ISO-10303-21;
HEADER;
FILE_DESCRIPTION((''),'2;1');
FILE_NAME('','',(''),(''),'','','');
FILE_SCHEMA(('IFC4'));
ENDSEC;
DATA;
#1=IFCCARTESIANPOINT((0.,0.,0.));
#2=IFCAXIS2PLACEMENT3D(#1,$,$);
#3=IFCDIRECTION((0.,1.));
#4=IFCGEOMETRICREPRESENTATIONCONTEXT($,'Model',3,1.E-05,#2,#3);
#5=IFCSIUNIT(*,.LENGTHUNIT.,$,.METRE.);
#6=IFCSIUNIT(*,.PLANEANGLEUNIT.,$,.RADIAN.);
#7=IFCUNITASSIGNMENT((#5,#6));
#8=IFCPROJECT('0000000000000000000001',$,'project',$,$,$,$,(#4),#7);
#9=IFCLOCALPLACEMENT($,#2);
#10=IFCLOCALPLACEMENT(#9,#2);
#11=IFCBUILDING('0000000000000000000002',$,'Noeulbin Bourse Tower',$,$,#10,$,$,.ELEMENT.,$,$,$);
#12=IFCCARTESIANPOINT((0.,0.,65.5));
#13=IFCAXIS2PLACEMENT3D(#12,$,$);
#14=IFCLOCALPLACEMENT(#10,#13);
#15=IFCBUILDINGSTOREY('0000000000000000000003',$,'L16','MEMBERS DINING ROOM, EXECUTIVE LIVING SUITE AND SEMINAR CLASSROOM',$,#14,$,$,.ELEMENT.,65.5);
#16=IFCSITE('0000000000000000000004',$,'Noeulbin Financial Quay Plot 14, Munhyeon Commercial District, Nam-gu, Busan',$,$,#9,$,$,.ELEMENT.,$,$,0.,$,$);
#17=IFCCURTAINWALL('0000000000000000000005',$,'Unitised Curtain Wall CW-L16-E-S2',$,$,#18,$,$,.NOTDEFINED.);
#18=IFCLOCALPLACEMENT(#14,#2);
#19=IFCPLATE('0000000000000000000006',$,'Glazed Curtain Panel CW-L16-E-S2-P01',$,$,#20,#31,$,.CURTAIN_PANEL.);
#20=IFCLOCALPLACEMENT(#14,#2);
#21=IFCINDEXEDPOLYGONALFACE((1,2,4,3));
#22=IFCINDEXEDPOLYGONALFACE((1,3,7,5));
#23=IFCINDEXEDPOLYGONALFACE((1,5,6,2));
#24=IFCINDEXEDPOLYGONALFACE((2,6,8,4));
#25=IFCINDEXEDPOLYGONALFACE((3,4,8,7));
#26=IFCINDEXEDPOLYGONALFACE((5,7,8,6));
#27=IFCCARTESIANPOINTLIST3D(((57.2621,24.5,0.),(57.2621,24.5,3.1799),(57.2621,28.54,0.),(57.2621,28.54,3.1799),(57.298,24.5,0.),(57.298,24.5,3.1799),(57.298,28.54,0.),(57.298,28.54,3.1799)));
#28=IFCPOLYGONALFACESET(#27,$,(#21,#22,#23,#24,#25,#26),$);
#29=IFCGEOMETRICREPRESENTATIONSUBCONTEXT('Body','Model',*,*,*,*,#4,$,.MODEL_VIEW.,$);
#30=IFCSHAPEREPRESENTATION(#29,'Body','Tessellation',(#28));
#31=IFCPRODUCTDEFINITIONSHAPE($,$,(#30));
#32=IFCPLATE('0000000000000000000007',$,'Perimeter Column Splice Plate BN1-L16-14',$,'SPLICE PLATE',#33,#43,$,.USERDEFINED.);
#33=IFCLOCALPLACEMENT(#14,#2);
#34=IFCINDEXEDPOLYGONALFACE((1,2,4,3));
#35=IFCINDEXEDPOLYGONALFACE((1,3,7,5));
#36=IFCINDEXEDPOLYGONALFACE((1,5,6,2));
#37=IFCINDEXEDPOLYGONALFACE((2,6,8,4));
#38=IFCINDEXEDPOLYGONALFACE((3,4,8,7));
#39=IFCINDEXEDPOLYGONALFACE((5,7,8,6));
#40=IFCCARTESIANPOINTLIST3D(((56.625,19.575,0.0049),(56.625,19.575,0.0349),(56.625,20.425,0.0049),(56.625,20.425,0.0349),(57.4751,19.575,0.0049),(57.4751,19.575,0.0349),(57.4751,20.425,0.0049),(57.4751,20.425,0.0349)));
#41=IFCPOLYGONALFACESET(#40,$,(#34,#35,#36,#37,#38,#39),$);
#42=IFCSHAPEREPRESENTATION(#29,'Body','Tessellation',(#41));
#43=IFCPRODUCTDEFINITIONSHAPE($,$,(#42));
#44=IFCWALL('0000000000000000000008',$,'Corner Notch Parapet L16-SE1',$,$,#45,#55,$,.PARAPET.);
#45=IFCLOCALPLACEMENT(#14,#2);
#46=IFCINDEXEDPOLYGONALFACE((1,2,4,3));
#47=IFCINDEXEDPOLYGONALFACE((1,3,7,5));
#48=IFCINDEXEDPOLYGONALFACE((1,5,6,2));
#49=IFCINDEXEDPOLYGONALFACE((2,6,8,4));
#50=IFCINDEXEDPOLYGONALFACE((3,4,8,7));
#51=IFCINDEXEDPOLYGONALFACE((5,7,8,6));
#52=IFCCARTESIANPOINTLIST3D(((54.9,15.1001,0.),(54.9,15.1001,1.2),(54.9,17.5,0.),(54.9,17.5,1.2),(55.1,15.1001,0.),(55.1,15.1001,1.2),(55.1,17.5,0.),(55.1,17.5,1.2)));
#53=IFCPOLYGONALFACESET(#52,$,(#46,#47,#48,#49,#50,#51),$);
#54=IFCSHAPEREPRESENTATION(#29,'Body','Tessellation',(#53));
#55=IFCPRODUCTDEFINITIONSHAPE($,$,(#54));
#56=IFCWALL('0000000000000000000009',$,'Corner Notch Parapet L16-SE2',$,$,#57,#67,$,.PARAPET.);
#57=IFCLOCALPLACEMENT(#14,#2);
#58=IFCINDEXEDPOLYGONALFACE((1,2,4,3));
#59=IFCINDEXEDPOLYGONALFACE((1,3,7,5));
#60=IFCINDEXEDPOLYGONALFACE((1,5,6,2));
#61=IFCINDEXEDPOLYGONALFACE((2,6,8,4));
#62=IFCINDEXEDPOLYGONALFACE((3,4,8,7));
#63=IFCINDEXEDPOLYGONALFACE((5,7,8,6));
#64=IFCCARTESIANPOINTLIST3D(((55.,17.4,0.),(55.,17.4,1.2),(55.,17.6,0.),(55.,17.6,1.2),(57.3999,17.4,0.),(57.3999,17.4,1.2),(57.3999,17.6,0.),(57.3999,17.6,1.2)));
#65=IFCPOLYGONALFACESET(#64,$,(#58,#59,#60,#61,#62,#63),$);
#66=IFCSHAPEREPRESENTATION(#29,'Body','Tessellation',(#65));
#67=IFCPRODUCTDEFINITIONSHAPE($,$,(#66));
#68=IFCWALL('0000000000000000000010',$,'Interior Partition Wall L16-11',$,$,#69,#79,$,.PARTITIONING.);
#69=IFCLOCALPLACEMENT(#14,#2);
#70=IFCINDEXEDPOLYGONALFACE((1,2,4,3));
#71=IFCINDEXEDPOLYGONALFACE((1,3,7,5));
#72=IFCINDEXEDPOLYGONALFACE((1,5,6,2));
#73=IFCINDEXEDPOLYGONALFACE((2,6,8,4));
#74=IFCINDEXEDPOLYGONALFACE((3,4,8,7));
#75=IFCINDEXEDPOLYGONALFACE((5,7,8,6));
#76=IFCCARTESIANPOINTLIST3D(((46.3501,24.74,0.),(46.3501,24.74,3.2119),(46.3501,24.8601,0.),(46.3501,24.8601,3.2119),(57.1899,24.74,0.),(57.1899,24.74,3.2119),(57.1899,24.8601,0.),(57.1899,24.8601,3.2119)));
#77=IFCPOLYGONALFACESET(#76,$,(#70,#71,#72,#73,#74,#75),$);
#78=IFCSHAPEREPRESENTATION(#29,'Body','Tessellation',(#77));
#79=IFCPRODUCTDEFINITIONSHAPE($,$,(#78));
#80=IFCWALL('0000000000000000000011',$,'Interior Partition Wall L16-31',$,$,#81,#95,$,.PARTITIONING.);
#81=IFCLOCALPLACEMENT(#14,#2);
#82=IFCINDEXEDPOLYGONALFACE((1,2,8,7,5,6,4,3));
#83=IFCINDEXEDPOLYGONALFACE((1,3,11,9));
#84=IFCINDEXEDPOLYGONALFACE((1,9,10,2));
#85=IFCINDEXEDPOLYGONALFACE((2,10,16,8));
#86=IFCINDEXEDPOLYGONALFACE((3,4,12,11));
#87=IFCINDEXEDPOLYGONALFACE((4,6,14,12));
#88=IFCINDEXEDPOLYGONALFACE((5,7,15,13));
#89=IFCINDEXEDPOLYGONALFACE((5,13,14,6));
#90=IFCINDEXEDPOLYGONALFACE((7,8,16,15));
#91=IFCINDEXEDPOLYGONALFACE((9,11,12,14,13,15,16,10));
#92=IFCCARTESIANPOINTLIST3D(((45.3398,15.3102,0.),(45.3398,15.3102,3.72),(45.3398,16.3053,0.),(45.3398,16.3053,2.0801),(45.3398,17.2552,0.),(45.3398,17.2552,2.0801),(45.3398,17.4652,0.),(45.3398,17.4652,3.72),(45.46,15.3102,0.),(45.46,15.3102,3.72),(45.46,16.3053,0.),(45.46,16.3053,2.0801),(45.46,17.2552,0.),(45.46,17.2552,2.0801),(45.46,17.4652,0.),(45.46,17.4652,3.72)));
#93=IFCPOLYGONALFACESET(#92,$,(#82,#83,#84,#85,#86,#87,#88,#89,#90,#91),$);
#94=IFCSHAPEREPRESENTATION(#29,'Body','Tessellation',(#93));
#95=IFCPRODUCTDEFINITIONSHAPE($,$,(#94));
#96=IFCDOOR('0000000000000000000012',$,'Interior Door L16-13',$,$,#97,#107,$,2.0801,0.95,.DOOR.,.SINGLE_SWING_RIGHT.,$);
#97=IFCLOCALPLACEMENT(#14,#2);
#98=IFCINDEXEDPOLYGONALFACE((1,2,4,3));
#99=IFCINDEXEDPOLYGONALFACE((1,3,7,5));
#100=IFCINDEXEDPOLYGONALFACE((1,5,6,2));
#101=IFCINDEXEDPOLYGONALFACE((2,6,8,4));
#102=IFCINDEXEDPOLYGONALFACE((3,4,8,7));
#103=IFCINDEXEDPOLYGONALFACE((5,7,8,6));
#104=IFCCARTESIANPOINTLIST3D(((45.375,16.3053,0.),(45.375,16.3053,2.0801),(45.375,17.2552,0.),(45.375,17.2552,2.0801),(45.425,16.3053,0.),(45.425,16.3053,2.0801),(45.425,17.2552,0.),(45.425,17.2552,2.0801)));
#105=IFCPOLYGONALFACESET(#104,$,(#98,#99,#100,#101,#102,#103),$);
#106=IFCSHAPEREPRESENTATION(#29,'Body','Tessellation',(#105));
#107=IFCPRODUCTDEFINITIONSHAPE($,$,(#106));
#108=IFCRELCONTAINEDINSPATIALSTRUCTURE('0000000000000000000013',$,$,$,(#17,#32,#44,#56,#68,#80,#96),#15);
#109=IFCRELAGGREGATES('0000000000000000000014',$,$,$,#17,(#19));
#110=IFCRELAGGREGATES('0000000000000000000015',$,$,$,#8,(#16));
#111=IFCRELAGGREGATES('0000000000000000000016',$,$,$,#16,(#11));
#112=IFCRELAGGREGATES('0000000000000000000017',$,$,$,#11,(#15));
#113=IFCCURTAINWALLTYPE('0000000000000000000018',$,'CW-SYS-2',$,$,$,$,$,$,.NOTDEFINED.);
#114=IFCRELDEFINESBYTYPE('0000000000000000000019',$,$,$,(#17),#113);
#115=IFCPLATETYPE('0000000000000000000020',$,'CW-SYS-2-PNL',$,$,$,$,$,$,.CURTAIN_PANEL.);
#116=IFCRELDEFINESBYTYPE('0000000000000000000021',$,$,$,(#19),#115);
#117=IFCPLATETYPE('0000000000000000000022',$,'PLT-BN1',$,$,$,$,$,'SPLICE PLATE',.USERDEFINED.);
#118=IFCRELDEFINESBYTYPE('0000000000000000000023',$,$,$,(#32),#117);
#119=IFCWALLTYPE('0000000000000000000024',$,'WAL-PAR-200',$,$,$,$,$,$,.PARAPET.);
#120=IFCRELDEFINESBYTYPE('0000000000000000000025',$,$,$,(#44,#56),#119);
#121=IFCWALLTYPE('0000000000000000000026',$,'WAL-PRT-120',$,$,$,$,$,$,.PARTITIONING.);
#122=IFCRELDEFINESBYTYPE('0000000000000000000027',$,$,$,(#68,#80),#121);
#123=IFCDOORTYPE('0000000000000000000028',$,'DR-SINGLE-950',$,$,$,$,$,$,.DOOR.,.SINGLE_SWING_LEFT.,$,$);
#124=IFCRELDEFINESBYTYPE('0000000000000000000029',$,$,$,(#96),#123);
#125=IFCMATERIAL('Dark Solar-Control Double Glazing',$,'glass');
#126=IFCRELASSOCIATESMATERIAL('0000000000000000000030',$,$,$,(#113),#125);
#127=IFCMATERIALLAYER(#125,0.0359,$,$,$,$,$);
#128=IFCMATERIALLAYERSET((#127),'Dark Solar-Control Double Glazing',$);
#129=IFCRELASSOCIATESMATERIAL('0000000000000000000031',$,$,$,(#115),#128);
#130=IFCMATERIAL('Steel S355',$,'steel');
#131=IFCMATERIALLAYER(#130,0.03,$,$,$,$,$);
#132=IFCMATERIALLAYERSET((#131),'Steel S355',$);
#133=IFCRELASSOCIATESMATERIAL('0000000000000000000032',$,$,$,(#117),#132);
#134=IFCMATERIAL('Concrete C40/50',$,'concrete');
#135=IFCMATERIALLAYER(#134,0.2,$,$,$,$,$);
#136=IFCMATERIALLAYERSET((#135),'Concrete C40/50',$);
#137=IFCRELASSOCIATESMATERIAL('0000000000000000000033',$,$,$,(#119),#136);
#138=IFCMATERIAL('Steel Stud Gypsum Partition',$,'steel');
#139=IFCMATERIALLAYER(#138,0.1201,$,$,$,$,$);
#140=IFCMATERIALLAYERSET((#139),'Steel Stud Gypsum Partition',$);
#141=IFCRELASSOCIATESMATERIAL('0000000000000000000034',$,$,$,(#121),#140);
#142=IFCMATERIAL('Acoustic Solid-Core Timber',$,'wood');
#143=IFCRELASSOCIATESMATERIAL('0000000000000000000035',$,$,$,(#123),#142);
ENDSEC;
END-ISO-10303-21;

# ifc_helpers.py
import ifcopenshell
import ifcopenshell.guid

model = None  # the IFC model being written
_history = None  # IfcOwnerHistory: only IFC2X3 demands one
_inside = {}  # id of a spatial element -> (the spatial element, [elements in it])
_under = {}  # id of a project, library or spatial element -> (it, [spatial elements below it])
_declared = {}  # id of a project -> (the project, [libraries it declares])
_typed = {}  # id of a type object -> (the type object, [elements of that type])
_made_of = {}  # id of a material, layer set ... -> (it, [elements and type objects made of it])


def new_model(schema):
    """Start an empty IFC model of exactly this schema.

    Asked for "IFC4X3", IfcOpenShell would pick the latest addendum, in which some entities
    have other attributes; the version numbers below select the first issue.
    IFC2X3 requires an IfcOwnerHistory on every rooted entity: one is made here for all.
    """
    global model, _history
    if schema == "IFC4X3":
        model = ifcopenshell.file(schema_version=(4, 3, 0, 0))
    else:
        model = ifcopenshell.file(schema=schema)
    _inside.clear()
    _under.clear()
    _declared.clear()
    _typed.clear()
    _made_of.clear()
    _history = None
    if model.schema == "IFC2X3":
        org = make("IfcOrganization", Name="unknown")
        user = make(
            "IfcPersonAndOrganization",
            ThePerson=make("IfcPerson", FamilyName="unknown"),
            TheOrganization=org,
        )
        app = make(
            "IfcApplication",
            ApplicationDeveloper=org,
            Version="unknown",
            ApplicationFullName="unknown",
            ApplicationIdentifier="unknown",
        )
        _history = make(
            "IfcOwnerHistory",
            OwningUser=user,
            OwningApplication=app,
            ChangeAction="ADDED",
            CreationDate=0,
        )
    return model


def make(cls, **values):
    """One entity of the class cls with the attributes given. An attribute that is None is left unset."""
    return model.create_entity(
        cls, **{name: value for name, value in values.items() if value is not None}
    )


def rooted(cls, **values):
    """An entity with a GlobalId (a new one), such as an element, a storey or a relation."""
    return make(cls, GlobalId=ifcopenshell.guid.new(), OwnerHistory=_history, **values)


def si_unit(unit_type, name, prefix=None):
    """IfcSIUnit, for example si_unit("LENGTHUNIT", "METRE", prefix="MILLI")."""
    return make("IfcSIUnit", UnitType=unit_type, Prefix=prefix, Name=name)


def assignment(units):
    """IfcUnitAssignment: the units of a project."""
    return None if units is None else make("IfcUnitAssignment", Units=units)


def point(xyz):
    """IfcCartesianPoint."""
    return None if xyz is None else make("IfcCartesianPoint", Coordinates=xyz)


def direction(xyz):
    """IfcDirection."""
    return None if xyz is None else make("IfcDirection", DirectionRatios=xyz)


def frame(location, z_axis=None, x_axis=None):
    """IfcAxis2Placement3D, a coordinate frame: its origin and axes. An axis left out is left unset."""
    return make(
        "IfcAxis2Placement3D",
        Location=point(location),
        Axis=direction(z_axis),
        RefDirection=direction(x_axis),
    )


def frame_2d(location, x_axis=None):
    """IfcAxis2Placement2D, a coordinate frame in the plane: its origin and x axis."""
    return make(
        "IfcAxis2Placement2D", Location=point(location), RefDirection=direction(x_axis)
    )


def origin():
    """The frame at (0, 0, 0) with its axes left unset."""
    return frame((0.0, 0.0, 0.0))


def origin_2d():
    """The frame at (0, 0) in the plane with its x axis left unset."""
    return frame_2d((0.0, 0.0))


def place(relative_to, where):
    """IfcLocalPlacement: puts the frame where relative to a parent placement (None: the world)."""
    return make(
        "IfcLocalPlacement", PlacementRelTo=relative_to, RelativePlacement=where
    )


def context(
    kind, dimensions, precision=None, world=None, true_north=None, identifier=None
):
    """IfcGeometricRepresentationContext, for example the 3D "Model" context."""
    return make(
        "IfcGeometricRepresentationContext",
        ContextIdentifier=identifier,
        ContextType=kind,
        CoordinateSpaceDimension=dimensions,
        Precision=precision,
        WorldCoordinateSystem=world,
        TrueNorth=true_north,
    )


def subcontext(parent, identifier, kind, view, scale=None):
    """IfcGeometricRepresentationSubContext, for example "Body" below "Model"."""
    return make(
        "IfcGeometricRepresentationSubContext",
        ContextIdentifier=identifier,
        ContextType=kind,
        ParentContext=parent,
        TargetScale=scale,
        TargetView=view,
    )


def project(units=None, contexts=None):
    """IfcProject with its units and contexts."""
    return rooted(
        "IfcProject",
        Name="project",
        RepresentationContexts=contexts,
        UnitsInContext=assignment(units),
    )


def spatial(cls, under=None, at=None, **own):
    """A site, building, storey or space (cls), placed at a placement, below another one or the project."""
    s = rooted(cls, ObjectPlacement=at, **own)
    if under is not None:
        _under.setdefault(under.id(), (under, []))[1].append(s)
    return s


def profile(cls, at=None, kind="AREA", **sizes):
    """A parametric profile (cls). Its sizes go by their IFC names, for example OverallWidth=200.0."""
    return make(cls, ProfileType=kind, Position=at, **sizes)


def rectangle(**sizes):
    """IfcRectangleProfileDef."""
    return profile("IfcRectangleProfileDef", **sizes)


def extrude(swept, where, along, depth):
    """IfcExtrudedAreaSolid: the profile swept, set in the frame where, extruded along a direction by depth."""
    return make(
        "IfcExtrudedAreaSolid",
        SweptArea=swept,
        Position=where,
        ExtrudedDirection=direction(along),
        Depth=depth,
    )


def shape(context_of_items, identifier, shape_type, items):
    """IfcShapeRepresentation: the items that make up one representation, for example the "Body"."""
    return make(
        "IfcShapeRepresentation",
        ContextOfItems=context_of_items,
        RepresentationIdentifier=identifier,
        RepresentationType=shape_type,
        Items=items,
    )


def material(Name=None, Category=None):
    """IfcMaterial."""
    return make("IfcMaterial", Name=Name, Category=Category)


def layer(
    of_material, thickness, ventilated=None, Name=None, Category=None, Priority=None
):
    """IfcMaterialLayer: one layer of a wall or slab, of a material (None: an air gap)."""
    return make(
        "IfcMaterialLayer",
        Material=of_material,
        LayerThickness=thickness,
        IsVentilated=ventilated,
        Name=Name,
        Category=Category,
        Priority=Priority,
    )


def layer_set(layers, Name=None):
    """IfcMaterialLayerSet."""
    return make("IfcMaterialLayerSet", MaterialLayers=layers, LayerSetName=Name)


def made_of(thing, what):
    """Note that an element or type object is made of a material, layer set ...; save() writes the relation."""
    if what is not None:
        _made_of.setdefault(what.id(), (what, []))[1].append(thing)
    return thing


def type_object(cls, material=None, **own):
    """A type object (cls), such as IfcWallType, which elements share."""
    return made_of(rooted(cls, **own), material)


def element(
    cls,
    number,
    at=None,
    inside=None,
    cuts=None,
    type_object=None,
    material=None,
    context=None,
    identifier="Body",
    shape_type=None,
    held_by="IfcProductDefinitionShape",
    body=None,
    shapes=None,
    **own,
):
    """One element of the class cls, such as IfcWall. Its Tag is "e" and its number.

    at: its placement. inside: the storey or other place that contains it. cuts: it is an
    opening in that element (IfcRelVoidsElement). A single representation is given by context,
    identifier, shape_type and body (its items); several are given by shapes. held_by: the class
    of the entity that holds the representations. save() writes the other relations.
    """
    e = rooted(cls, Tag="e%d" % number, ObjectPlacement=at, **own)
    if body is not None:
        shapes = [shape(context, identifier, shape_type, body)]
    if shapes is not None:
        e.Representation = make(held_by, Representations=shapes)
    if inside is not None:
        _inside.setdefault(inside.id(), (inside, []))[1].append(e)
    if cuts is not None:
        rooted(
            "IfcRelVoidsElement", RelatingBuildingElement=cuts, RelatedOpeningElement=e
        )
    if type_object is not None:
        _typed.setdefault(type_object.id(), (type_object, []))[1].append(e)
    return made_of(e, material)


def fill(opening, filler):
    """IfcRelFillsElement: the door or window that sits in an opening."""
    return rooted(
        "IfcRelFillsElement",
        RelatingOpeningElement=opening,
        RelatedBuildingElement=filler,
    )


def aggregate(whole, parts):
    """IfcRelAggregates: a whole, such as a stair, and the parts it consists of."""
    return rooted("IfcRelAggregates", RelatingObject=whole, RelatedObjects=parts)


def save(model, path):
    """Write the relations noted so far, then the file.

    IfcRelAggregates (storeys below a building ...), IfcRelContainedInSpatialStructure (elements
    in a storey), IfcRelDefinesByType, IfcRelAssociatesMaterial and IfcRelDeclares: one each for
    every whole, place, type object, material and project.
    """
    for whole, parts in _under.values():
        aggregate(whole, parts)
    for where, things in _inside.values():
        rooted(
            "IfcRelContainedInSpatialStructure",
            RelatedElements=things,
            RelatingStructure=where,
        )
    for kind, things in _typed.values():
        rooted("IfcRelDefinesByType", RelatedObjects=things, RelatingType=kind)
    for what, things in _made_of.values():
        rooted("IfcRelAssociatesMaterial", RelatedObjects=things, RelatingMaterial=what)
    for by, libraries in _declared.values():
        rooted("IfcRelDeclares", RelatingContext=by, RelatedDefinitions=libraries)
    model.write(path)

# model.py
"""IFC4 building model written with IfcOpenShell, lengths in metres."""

from ifc_helpers import new_model, si_unit, direction, frame, frame_2d, origin, origin_2d, place, context, subcontext, project, spatial, rectangle, extrude, material, layer, layer_set, type_object, element, fill, aggregate, save


model = new_model("IFC4")

# Units and contexts
model_context = context("Model", 3, precision=1e-05, world=origin(), true_north=direction((0.0, 1.0)))
body_context = subcontext(model_context, "Body", "Model", "MODEL_VIEW")
ifc_project = project(units=[si_unit("LENGTHUNIT", "METRE"), si_unit("PLANEANGLEUNIT", "RADIAN")], contexts=[model_context])

# Site, building, storey
site_placement = place(None, origin())
site = spatial("IfcSite", under=ifc_project, at=site_placement, Name="Noeulbin Financial Quay Plot 14, Munhyeon Commercial District, Nam-gu, Busan", CompositionType="ELEMENT", RefElevation=0.0)
building_placement = place(site_placement, origin())
building = spatial("IfcBuilding", under=site, at=building_placement, Name="Noeulbin Bourse Tower", CompositionType="ELEMENT")
storey_placement = place(building_placement, frame((0.0, 0.0, 65.5)))
storey = spatial("IfcBuildingStorey", under=building, at=storey_placement, Name="L16", Description="MEMBERS DINING ROOM, EXECUTIVE LIVING SUITE AND SEMINAR CLASSROOM", CompositionType="ELEMENT", Elevation=65.5)

# Shared definitions
ifc_material_1 = material(Name="Steel S355", Category="steel")

# Curtain wall
ifc_material_2 = material(Name="Dark Solar-Control Double Glazing", Category="glass")
curtain_wall_type = type_object("IfcCurtainWallType", Name="CW-SYS-2", PredefinedType="NOTDEFINED", material=ifc_material_2)
curtain_wall_1_placement = place(storey_placement, origin())
curtain_wall_1 = element("IfcCurtainWall", 1, at=curtain_wall_1_placement, inside=storey, type_object=curtain_wall_type, Name="Unitised Curtain Wall CW-L16-E-S2", PredefinedType="NOTDEFINED")

# Plates
ifc_layer_1 = layer(ifc_material_2, 0.0359)
ifc_layer_set_1 = layer_set([ifc_layer_1], Name="Dark Solar-Control Double Glazing")
plate_type_1 = type_object("IfcPlateType", Name="CW-SYS-2-PNL", PredefinedType="CURTAIN_PANEL", material=ifc_layer_set_1)
plate_1_placement = place(storey_placement, frame((57.28, 26.52, 0.0), z_axis=(0.0, 0.0, 1.0), x_axis=(0.0, 1.0, 0.0)))
plate_1 = element("IfcPlate", 2, at=plate_1_placement, type_object=plate_type_1, Name="Glazed Curtain Panel CW-L16-E-S2-P01", PredefinedType="CURTAIN_PANEL", context=body_context, shape_type="SweptSolid", body=[
    extrude(rectangle(XDim=4.04, YDim=0.0359, at=origin_2d()), origin(), (0.0, 0.0, 1.0), 3.1799),
])
aggregate(curtain_wall_1, [plate_1])
ifc_layer_2 = layer(ifc_material_1, 0.03)
ifc_layer_set_2 = layer_set([ifc_layer_2], Name="Steel S355")
plate_type_2 = type_object("IfcPlateType", Name="PLT-BN1", ElementType="SPLICE PLATE", PredefinedType="USERDEFINED", material=ifc_layer_set_2)
plate_2_placement = place(storey_placement, frame((57.05, 20.0, 0.0049), z_axis=(0.0, 0.0, 1.0), x_axis=(1.0, 0.0, 0.0)))
element("IfcPlate", 3, at=plate_2_placement, inside=storey, type_object=plate_type_2, Name="Perimeter Column Splice Plate BN1-L16-14", ObjectType="SPLICE PLATE", PredefinedType="USERDEFINED", context=body_context, shape_type="SweptSolid", body=[
    extrude(rectangle(XDim=0.8501, YDim=0.8501, at=origin_2d()), origin(), (0.0, 0.0, 1.0), 0.03),
])

# Walls
ifc_material_3 = material(Name="Concrete C40/50", Category="concrete")
ifc_layer_3 = layer(ifc_material_3, 0.2)
ifc_layer_set_3 = layer_set([ifc_layer_3], Name="Concrete C40/50")
wall_type_1 = type_object("IfcWallType", Name="WAL-PAR-200", PredefinedType="PARAPET", material=ifc_layer_set_3)
for number, where, z_axis, x_axis, name in (
    (4, (55.0, 15.1001, 0.0), (0.0, 0.0, 1.0), (0.0, 1.0, 0.0), "Corner Notch Parapet L16-SE1"),
    (5, (55.0, 17.5, 0.0), (0.0, 0.0, 1.0), (1.0, 0.0, 0.0), "Corner Notch Parapet L16-SE2"),
):
    element("IfcWall", number, at=place(storey_placement, frame(where, z_axis=z_axis, x_axis=x_axis)), inside=storey, type_object=wall_type_1, Name=name, PredefinedType="PARAPET", context=body_context, shape_type="SweptSolid", body=[
        extrude(rectangle(XDim=2.3999, YDim=0.2, at=frame_2d((1.2, 0.0))), origin(), (0.0, 0.0, 1.0), 1.2),
    ])
ifc_material_4 = material(Name="Steel Stud Gypsum Partition", Category="steel")
ifc_layer_4 = layer(ifc_material_4, 0.1201)
ifc_layer_set_4 = layer_set([ifc_layer_4], Name="Steel Stud Gypsum Partition")
wall_type_2 = type_object("IfcWallType", Name="WAL-PRT-120", PredefinedType="PARTITIONING", material=ifc_layer_set_4)
wall_1_placement = place(storey_placement, frame((46.3501, 24.8, 0.0), z_axis=(0.0, 0.0, 1.0), x_axis=(1.0, 0.0, 0.0)))
element("IfcWall", 6, at=wall_1_placement, inside=storey, type_object=wall_type_2, Name="Interior Partition Wall L16-11", PredefinedType="PARTITIONING", context=body_context, shape_type="SweptSolid", body=[
    extrude(rectangle(XDim=10.8398, YDim=0.1201, at=frame_2d((5.4199, 0.0))), origin(), (0.0, 0.0, 1.0), 3.2119),
])

# Wall, opening, door
wall_2_placement = place(storey_placement, frame((45.3999, 15.3101, 0.0), z_axis=(0.0, 0.0, 1.0), x_axis=(0.0, 1.0, 0.0)))
wall_2 = element("IfcWall", 7, at=wall_2_placement, inside=storey, type_object=wall_type_2, Name="Interior Partition Wall L16-31", PredefinedType="PARTITIONING", context=body_context, shape_type="SweptSolid", body=[
    extrude(rectangle(XDim=2.155, YDim=0.1201, at=frame_2d((1.0776, 0.0))), origin(), (0.0, 0.0, 1.0), 3.72),
])
opening_1_placement = place(wall_2_placement, frame((0.9951, 0.0, 0.0)))
opening_1 = element("IfcOpeningElement", 8, at=opening_1_placement, cuts=wall_2, PredefinedType="OPENING", context=body_context, shape_type="SweptSolid", body=[
    extrude(rectangle(XDim=0.95, YDim=2.0801, at=frame_2d((0.4751, 1.04))), frame((0.0, 0.0701, 0.0), z_axis=(0.0, -1.0, 0.0), x_axis=(1.0, 0.0, 0.0)), (0.0, 0.0, 1.0), 0.1401),
])
ifc_material_5 = material(Name="Acoustic Solid-Core Timber", Category="wood")
door_type = type_object("IfcDoorType", Name="DR-SINGLE-950", OperationType="SINGLE_SWING_LEFT", PredefinedType="DOOR", material=ifc_material_5)
door_1_placement = place(opening_1_placement, origin())
door_1 = element("IfcDoor", 9, at=door_1_placement, inside=storey, type_object=door_type, Name="Interior Door L16-13", OperationType="SINGLE_SWING_RIGHT", OverallHeight=2.0801, OverallWidth=0.95, PredefinedType="DOOR", context=body_context, shape_type="SweptSolid", body=[
    extrude(rectangle(XDim=0.95, YDim=2.0801, at=frame_2d((0.4751, 1.04))), frame((0.0, 0.0249, 0.0), z_axis=(0.0, -1.0, 0.0), x_axis=(1.0, 0.0, 0.0)), (0.0, 0.0, 1.0), 0.05),
])
fill(opening_1, door_1)

save(model, "model.ifc")
